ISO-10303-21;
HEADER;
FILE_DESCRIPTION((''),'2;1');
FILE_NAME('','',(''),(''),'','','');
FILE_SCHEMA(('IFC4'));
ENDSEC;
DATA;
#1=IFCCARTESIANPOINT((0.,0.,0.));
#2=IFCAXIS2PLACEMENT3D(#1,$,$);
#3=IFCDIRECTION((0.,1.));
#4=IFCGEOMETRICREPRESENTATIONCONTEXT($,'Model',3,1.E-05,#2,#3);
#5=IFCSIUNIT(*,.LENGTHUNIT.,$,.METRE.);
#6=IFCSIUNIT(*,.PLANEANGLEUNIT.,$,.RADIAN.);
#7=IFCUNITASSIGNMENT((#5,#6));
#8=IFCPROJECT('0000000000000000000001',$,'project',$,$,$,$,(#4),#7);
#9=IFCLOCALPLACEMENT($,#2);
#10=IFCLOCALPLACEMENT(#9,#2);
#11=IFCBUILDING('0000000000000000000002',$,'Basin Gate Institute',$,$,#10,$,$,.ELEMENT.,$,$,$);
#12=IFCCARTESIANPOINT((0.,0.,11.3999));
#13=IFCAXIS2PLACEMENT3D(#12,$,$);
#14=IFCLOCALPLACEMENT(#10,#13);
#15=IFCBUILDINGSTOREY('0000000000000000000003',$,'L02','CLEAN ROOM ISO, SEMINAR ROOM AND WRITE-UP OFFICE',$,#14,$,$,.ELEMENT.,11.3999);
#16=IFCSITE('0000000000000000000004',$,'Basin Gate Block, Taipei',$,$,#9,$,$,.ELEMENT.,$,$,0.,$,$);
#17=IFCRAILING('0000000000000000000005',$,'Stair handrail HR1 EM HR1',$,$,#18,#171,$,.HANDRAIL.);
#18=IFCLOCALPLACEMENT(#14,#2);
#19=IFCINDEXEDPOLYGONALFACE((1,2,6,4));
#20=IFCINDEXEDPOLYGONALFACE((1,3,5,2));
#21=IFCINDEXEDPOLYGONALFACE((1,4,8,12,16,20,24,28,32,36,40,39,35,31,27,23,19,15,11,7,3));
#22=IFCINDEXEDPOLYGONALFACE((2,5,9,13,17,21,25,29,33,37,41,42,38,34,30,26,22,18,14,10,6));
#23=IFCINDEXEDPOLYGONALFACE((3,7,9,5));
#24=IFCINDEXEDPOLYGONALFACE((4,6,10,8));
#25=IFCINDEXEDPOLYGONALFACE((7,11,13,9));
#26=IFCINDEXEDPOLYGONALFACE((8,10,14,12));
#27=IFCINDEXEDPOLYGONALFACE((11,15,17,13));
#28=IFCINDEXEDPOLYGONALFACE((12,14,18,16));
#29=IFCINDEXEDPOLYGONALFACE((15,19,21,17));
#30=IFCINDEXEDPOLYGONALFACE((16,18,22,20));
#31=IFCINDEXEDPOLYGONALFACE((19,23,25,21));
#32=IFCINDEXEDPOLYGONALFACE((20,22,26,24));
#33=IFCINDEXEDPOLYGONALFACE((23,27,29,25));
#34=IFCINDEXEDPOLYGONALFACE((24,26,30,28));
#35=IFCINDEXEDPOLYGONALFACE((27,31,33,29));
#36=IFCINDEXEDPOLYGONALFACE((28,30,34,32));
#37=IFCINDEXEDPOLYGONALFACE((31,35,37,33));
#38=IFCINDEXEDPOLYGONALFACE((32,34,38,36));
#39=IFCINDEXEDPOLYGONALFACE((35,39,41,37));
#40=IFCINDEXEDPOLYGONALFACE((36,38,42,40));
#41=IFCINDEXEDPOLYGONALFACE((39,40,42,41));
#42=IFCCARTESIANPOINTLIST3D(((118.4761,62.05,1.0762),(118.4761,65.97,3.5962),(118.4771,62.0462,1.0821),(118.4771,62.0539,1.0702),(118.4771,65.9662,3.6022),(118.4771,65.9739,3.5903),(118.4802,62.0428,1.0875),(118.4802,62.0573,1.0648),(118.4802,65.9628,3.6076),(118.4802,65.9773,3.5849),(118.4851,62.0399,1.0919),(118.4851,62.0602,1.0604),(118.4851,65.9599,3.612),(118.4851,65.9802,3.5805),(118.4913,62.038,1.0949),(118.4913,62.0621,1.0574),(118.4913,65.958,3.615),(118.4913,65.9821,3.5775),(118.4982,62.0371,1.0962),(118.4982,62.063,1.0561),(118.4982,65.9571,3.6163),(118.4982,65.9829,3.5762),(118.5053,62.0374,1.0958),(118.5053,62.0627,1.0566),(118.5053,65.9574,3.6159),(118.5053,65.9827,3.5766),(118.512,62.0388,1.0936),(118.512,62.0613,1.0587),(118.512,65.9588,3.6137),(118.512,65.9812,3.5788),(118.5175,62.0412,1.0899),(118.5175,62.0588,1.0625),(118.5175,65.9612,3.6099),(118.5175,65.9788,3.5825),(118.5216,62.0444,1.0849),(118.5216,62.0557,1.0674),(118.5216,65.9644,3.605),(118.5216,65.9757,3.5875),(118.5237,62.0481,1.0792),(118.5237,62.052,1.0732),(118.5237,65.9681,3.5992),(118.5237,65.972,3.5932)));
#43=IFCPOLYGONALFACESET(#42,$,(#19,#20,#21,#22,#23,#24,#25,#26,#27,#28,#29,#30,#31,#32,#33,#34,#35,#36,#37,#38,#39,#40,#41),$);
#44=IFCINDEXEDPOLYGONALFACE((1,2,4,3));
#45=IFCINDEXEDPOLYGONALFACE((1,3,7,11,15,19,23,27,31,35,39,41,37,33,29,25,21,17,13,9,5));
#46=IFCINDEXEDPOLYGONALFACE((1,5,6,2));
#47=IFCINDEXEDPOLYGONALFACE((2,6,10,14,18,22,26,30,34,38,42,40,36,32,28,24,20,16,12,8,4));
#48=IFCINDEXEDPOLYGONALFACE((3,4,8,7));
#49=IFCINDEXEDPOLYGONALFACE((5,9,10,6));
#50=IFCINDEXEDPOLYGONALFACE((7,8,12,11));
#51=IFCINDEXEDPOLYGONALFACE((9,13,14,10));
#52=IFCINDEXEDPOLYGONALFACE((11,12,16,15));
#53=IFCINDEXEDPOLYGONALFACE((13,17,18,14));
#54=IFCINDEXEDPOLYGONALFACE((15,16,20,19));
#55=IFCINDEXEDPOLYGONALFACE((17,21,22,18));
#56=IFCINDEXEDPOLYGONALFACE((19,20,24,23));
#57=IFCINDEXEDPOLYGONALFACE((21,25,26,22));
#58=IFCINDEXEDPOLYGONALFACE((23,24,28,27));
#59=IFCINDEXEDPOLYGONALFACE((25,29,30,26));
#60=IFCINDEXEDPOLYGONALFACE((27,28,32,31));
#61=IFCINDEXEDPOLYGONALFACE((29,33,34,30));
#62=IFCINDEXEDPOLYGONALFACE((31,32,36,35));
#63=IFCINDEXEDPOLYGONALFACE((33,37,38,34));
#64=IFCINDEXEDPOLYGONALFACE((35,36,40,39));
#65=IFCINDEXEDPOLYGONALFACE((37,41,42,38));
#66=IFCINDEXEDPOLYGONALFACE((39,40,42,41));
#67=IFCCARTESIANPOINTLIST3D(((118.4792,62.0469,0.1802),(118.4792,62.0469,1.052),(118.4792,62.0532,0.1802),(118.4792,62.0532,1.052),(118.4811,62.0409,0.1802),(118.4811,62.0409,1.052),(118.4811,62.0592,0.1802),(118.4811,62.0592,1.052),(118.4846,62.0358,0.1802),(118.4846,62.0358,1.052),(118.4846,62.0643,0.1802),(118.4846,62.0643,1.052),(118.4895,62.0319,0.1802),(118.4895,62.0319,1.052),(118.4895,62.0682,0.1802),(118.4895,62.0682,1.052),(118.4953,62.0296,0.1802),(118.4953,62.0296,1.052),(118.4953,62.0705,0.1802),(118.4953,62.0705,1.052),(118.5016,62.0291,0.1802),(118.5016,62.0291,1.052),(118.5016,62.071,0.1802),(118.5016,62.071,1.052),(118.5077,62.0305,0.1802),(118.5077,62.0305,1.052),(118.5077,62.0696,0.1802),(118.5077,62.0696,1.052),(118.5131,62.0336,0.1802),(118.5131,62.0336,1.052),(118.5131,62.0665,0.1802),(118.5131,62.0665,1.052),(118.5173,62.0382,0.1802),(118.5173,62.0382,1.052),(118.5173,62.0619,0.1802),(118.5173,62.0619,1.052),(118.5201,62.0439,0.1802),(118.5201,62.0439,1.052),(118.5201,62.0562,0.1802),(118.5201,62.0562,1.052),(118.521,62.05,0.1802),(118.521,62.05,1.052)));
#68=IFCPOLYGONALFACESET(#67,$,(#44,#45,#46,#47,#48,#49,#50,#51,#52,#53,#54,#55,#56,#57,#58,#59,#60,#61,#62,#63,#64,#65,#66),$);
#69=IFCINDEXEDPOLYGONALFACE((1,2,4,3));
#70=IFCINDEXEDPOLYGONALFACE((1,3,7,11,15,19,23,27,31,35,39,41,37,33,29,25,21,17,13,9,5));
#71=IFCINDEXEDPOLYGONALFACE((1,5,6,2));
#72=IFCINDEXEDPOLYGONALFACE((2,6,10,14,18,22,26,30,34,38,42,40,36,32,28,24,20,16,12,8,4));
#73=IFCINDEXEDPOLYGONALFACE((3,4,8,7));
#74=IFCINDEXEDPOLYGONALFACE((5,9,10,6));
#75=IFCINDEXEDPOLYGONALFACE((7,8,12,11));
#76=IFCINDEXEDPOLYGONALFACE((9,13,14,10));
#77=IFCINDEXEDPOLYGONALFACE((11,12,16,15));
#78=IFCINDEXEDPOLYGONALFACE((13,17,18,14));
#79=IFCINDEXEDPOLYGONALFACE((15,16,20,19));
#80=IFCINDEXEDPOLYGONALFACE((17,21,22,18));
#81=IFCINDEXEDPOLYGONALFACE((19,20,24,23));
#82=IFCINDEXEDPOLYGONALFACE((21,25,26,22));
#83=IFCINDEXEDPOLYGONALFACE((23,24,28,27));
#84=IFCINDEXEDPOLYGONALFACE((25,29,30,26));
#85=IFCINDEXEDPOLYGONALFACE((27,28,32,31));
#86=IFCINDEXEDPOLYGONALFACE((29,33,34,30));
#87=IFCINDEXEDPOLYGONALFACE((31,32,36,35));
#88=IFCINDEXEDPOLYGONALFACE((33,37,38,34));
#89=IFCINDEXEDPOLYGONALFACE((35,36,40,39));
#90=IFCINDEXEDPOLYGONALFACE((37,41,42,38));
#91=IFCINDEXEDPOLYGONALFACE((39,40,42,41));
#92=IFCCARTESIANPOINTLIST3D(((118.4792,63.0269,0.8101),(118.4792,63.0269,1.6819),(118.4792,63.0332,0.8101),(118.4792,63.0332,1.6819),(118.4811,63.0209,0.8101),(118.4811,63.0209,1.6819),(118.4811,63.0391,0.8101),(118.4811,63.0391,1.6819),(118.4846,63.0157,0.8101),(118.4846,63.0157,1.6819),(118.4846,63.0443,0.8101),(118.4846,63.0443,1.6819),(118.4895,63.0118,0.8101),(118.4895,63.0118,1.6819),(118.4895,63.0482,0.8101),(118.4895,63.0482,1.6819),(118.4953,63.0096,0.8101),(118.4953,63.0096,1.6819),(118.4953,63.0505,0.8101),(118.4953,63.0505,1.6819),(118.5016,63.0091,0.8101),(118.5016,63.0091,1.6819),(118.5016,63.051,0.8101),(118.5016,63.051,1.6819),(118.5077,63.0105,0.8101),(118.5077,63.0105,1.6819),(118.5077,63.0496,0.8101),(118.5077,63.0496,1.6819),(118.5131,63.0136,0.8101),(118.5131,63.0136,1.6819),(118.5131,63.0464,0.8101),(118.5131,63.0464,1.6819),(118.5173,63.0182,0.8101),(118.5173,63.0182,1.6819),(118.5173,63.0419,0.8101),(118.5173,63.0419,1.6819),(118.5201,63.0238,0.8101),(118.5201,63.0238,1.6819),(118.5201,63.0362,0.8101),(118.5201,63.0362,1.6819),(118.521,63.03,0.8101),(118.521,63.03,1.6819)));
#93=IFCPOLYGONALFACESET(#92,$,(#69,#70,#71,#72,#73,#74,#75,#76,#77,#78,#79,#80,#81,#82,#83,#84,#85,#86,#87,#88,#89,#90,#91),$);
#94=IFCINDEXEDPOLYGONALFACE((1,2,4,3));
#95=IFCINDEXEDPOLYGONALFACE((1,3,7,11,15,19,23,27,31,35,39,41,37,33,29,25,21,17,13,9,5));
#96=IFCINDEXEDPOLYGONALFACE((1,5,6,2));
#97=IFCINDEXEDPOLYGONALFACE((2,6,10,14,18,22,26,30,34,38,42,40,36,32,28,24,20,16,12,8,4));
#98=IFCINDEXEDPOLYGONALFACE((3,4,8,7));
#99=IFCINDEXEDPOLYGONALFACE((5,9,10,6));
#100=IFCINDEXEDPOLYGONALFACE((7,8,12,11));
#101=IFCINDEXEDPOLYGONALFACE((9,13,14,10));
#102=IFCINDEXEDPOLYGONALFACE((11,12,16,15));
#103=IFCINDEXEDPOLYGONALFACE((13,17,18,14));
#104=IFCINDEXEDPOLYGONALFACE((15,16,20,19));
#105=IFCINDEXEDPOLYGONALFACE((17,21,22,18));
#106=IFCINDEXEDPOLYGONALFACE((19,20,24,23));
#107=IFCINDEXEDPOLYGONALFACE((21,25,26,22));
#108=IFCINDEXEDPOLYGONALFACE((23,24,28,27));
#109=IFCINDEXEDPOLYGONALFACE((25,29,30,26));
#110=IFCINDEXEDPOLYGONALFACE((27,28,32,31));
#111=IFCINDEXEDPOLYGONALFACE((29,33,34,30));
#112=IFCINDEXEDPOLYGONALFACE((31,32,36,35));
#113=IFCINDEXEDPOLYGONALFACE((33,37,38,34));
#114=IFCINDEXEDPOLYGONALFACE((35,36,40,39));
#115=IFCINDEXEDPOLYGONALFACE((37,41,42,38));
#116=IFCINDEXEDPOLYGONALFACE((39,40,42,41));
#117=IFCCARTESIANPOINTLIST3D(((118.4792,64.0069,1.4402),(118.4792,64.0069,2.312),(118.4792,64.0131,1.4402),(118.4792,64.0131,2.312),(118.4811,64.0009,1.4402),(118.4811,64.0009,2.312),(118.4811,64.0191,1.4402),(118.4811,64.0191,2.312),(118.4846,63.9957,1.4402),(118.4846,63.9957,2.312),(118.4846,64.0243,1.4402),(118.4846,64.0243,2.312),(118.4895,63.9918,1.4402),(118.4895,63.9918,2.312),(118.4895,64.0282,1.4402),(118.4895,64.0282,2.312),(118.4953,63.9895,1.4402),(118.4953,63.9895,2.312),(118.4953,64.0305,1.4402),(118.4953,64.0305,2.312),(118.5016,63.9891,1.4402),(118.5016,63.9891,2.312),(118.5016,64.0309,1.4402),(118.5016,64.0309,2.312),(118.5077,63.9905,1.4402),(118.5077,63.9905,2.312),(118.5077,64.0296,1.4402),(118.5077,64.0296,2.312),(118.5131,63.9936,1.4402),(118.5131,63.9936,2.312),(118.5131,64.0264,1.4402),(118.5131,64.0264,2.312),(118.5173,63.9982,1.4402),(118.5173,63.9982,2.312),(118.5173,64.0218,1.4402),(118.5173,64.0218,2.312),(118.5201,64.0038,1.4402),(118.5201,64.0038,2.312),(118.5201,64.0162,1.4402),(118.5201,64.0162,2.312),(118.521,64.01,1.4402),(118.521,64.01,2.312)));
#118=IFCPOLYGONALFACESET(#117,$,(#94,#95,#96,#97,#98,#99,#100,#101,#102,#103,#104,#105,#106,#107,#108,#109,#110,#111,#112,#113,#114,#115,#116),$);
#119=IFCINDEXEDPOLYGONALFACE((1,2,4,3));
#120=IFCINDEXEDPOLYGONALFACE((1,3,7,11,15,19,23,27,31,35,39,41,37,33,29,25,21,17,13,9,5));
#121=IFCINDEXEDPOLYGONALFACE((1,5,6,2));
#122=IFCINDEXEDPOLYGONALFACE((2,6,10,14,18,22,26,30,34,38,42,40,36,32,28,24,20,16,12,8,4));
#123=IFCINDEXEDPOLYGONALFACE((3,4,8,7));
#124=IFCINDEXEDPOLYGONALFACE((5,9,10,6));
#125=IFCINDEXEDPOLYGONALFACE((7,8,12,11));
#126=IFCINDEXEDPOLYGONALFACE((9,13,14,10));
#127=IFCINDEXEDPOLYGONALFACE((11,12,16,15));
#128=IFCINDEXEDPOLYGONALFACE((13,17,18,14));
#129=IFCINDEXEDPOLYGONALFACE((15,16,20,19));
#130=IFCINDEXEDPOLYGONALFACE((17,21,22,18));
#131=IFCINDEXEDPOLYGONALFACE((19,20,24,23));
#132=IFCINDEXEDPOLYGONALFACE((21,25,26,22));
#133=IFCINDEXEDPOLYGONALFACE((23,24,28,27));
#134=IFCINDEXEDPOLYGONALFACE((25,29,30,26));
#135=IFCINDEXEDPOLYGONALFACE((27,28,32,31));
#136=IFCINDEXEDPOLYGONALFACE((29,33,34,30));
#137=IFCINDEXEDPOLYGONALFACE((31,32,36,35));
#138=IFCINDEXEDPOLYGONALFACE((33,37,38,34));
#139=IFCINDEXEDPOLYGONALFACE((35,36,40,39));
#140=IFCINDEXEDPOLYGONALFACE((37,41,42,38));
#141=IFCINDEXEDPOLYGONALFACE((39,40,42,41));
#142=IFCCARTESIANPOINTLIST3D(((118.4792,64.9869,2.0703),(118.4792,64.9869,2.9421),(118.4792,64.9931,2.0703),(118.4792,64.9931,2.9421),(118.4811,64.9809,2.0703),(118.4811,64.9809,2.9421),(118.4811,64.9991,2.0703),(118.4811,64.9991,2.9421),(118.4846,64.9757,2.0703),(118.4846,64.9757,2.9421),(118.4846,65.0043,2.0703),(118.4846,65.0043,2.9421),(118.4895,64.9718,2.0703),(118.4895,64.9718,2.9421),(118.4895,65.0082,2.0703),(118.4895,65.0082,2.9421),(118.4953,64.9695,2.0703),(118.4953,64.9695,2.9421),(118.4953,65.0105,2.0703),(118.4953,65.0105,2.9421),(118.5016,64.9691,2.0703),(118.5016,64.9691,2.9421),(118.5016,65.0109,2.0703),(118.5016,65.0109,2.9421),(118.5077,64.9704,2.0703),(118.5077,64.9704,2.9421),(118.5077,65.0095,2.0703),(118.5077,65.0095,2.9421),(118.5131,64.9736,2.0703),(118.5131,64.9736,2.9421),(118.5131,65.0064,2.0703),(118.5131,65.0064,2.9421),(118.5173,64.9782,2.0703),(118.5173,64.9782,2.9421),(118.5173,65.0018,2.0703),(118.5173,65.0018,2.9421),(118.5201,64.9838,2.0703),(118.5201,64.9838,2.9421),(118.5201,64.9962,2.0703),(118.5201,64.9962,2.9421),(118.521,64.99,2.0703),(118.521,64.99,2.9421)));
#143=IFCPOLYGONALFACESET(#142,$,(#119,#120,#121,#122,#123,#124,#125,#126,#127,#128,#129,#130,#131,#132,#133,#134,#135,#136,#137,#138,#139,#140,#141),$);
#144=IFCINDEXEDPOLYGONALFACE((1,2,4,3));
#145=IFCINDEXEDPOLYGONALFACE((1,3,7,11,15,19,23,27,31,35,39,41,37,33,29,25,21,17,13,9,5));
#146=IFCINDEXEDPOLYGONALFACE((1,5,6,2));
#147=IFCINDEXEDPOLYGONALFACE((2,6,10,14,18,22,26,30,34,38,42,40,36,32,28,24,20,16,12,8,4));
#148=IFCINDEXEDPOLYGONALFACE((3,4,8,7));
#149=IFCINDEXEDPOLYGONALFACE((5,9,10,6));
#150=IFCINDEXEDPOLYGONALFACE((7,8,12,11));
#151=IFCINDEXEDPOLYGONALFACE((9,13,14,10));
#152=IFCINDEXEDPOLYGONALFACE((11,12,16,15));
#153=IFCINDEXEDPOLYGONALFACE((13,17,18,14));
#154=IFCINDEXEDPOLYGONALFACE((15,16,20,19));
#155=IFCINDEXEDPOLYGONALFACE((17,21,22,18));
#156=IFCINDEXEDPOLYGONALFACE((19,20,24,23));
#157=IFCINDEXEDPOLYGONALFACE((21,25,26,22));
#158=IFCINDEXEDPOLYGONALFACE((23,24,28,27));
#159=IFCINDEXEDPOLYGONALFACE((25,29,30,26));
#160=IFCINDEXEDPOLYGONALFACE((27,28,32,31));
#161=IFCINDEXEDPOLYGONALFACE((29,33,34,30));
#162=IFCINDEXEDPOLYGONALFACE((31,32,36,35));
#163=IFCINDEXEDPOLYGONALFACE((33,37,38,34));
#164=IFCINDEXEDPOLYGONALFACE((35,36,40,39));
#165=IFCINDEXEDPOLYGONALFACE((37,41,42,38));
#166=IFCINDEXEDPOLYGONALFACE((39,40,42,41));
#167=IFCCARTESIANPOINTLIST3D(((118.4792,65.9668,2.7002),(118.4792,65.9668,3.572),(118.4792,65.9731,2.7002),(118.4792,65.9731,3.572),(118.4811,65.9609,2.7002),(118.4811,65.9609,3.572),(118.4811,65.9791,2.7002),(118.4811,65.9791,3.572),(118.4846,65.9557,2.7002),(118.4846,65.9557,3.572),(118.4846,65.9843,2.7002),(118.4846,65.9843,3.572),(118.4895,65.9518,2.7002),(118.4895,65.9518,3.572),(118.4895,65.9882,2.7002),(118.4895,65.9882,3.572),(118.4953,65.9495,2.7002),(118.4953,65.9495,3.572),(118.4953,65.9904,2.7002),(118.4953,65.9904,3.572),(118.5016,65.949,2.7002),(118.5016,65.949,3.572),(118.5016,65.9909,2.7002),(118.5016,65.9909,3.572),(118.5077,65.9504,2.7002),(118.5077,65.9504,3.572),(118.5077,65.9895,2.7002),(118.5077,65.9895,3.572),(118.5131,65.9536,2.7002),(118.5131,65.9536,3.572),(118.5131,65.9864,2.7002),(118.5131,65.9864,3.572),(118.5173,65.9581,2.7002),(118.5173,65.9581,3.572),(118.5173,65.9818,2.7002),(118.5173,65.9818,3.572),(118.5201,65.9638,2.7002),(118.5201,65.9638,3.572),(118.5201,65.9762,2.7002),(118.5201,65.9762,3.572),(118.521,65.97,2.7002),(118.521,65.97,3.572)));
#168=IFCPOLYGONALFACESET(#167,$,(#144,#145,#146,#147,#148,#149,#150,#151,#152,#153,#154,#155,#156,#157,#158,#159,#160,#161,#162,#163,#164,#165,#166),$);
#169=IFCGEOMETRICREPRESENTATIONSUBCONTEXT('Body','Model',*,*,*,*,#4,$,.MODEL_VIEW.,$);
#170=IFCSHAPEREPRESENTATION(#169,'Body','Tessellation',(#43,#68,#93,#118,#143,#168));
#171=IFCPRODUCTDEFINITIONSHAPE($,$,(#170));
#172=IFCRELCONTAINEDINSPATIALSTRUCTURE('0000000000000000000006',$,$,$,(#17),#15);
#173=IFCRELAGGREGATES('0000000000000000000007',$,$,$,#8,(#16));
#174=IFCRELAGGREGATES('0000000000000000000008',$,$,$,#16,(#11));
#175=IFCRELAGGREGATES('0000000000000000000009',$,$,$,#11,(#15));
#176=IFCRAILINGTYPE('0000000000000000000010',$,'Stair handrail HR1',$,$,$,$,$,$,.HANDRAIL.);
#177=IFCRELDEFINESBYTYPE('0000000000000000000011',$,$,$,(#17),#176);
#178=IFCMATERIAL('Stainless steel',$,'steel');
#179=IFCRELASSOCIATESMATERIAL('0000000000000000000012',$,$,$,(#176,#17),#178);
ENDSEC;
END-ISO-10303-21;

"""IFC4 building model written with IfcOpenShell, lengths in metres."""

from ifc_helpers import new_model, si_unit, direction, frame, origin, origin_2d, place, context, subcontext, project, spatial, circle, extrude, material, type_object, element, save


model = new_model("IFC4")

# Units and contexts
model_context = context("Model", 3, precision=1e-05, world=origin(), true_north=direction((0.0, 1.0)))
body_context = subcontext(model_context, "Body", "Model", "MODEL_VIEW")
ifc_project = project(units=[si_unit("LENGTHUNIT", "METRE"), si_unit("PLANEANGLEUNIT", "RADIAN")], contexts=[model_context])

# Site, building, storey
site_placement = place(None, origin())
site = spatial("IfcSite", under=ifc_project, at=site_placement, Name="Basin Gate Block, Taipei", CompositionType="ELEMENT", RefElevation=0.0)
building_placement = place(site_placement, origin())
building = spatial("IfcBuilding", under=site, at=building_placement, Name="Basin Gate Institute", CompositionType="ELEMENT")
storey_placement = place(building_placement, frame((0.0, 0.0, 11.3999)))
storey = spatial("IfcBuildingStorey", under=building, at=storey_placement, Name="L02", Description="CLEAN ROOM ISO, SEMINAR ROOM AND WRITE-UP OFFICE", CompositionType="ELEMENT", Elevation=11.3999)

# Railing
ifc_material_1 = material(Name="Stainless steel", Category="steel")
railing_type_1 = type_object("IfcRailingType", Name="Stair handrail HR1", PredefinedType="HANDRAIL", material=ifc_material_1)
railing_1_placement = place(storey_placement, frame((118.5, 62.05, 0.1802)))
element("IfcRailing", 1, at=railing_1_placement, inside=storey, type_object=railing_type_1, material=ifc_material_1, Name="Stair handrail HR1 EM HR1", PredefinedType="HANDRAIL", context=body_context, shape_type="SweptSolid", body=[
    extrude(circle(Radius=0.0239, at=origin_2d()), frame((0.0, 0.0, 0.896), z_axis=(0.0, 0.841172, 0.540768), x_axis=(-1.0, 0.0, 0.0)), (0.0, 0.0, 1.0), 4.6602),
    extrude(circle(Radius=0.021, at=origin_2d()), origin(), (0.0, 0.0, 1.0), 0.8718),
    extrude(circle(Radius=0.021, at=origin_2d()), frame((0.0, 0.98, 0.6299)), (0.0, 0.0, 1.0), 0.8718),
    extrude(circle(Radius=0.021, at=origin_2d()), frame((0.0, 1.96, 1.26)), (0.0, 0.0, 1.0), 0.8718),
    extrude(circle(Radius=0.021, at=origin_2d()), frame((0.0, 2.9399, 1.8901)), (0.0, 0.0, 1.0), 0.8718),
    extrude(circle(Radius=0.021, at=origin_2d()), frame((0.0, 3.9199, 2.52)), (0.0, 0.0, 1.0), 0.8718),
])

save(model, "model.ifc")
